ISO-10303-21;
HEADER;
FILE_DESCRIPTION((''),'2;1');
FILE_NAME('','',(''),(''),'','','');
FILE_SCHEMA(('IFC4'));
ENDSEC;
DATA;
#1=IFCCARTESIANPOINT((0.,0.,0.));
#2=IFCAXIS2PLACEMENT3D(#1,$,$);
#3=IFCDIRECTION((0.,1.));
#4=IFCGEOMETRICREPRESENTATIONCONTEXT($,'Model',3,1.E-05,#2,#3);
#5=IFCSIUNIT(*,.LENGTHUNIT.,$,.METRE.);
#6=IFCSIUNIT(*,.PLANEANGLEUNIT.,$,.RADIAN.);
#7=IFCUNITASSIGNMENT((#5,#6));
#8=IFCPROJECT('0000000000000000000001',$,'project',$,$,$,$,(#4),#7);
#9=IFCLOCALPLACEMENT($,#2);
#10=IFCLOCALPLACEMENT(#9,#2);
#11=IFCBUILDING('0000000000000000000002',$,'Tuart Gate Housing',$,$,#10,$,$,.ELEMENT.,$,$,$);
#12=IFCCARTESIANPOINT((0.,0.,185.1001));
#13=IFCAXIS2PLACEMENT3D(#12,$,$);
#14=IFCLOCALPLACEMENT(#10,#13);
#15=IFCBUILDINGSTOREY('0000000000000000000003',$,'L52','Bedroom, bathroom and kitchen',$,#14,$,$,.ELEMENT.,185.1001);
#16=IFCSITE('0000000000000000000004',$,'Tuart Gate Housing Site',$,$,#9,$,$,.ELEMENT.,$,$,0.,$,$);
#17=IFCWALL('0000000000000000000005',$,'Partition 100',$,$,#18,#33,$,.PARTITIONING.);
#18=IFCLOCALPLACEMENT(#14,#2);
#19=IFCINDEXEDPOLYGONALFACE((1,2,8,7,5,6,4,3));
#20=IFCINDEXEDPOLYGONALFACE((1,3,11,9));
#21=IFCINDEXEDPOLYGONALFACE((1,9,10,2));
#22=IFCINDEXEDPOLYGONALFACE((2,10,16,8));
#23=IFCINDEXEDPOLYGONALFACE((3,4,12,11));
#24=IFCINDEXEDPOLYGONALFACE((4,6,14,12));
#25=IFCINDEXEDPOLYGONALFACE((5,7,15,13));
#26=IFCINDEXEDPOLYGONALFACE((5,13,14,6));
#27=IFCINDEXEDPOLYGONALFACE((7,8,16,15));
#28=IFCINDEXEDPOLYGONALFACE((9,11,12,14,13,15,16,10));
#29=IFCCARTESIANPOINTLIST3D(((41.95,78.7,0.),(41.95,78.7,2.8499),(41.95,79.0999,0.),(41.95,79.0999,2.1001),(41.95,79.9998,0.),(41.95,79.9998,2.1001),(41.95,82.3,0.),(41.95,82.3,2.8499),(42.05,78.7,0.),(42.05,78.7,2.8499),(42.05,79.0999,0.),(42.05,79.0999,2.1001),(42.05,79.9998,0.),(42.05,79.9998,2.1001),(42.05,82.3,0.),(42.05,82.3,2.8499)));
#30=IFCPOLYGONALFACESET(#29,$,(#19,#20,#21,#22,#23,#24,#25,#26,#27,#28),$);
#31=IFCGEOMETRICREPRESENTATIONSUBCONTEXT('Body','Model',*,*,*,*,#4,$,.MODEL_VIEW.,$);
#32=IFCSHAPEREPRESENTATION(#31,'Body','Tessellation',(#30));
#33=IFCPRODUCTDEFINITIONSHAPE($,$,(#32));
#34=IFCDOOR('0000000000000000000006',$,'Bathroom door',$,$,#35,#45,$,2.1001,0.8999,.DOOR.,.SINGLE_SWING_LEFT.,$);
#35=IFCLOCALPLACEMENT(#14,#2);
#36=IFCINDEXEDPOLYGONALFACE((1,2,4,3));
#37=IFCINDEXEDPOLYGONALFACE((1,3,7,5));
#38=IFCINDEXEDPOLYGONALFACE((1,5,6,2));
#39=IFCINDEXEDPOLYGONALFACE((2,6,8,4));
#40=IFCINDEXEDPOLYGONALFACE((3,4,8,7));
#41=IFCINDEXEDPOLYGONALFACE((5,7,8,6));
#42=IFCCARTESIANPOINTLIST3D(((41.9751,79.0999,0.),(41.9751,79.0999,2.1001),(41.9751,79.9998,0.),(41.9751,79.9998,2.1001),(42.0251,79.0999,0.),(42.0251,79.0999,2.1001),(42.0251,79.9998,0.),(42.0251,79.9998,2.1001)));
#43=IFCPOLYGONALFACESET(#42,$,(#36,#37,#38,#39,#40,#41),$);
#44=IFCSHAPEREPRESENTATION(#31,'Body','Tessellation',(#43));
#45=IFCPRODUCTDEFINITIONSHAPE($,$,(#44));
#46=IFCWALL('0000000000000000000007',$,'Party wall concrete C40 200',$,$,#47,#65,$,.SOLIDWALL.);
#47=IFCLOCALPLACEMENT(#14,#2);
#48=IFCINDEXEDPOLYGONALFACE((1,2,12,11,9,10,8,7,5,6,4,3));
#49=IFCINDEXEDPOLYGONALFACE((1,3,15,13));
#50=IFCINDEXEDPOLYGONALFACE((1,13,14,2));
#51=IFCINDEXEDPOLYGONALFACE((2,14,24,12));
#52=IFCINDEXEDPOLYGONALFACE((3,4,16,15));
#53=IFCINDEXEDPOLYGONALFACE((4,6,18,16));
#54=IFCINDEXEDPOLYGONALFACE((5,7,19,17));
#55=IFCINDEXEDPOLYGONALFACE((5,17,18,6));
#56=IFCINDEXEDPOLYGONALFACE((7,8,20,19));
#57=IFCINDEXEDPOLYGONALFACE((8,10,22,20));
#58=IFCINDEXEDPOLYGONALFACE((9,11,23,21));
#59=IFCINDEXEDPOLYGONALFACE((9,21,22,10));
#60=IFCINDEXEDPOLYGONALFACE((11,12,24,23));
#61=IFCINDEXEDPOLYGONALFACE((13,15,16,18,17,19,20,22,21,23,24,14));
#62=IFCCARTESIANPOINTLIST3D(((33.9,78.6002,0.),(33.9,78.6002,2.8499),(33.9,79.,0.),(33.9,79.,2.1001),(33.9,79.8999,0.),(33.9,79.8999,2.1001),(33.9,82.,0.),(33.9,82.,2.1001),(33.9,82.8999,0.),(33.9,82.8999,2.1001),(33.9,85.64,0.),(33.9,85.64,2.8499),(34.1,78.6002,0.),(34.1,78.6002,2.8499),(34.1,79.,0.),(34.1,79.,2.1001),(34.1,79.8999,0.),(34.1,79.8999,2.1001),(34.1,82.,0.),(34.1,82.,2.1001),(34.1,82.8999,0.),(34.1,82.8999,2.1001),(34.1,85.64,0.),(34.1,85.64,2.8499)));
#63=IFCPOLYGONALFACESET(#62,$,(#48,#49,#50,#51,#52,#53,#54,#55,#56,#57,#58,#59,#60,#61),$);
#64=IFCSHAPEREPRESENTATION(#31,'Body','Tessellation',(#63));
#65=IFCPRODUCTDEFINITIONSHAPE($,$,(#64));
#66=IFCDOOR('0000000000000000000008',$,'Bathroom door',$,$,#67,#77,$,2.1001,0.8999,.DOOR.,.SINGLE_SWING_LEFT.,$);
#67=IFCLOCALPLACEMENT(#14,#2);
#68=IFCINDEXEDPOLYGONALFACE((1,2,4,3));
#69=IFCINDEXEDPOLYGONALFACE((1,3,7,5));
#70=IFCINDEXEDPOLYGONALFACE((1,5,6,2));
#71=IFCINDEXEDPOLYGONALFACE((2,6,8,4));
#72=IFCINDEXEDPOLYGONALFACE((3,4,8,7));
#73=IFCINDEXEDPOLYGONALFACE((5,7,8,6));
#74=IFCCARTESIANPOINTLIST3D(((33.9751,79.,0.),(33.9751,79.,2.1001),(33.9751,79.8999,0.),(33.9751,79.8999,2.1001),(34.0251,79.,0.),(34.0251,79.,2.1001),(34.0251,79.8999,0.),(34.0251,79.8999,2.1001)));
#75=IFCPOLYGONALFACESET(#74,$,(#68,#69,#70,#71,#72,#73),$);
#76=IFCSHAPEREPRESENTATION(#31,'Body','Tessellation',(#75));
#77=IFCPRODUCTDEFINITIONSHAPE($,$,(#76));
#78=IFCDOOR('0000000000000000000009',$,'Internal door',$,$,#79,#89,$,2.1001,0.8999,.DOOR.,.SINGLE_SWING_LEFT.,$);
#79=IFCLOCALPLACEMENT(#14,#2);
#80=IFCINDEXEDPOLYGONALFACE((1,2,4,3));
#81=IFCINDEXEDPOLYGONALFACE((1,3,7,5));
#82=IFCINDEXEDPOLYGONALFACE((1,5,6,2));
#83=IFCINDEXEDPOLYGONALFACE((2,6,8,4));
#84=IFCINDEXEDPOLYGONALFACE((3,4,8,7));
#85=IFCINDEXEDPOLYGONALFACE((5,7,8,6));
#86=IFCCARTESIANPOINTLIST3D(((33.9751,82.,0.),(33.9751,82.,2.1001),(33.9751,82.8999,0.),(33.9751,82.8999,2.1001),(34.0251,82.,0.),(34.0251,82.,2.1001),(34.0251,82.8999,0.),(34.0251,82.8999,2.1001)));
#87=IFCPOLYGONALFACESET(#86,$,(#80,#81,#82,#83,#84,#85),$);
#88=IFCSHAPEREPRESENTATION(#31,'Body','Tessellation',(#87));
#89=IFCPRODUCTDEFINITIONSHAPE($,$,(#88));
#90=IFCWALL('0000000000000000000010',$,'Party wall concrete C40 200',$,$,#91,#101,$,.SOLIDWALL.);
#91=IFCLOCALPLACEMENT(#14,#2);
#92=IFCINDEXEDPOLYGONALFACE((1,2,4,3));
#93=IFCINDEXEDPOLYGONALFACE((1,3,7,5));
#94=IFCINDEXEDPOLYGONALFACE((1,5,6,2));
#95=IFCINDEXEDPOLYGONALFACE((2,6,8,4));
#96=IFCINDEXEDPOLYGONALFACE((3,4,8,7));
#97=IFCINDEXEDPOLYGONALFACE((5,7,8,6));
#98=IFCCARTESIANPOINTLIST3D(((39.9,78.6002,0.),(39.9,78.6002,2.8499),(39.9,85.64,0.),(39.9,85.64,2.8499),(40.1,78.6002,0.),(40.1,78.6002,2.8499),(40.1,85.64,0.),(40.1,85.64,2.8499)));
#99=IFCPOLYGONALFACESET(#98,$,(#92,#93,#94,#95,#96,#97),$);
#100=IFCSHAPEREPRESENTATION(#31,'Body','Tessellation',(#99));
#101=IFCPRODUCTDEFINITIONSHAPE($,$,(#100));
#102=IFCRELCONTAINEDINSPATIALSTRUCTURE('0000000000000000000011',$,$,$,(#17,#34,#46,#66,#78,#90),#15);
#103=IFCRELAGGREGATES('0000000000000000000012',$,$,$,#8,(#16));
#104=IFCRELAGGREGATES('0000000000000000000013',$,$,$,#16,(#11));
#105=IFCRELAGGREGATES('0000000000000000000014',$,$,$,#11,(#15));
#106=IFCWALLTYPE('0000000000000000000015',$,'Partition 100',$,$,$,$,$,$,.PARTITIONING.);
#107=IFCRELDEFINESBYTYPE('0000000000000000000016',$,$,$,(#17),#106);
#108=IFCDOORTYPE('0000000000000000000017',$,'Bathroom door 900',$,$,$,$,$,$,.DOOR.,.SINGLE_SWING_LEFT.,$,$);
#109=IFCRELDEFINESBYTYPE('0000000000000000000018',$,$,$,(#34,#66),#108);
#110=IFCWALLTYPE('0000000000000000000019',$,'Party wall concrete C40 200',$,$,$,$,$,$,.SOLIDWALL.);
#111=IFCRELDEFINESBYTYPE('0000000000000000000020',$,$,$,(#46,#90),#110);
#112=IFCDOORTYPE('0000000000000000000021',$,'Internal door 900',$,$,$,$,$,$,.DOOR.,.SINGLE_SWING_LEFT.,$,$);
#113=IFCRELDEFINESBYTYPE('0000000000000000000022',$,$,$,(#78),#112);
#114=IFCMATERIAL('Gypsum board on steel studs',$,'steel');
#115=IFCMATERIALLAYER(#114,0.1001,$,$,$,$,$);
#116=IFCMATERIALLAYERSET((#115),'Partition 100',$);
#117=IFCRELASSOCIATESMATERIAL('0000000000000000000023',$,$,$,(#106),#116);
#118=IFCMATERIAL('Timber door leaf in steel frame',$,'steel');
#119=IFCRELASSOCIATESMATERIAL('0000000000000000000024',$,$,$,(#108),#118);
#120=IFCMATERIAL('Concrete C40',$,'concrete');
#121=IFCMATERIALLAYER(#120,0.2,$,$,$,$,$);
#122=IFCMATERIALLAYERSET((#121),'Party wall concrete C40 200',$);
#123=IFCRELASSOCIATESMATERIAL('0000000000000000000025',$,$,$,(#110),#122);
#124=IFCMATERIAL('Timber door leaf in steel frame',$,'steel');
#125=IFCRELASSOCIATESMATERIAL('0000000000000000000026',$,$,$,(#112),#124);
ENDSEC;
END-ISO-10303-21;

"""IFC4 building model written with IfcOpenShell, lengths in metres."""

from ifc_helpers import new_model, si_unit, direction, frame, frame_2d, origin, place, context, subcontext, project, spatial, rectangle, extrude, material, layer, layer_set, type_object, element, fill, save


model = new_model("IFC4")

# Units and contexts
model_context = context("Model", 3, precision=1e-05, world=origin(), true_north=direction((0.0, 1.0)))
body_context = subcontext(model_context, "Body", "Model", "MODEL_VIEW")
ifc_project = project(units=[si_unit("LENGTHUNIT", "METRE"), si_unit("PLANEANGLEUNIT", "RADIAN")], contexts=[model_context])

# Site, building, storey
site_placement = place(None, origin())
site = spatial("IfcSite", under=ifc_project, at=site_placement, Name="Tuart Gate Housing Site", CompositionType="ELEMENT", RefElevation=0.0)
building_placement = place(site_placement, origin())
building = spatial("IfcBuilding", under=site, at=building_placement, Name="Tuart Gate Housing", CompositionType="ELEMENT")
storey_placement = place(building_placement, frame((0.0, 0.0, 185.1001)))
storey = spatial("IfcBuildingStorey", under=building, at=storey_placement, Name="L52", Description="Bedroom, bathroom and kitchen", CompositionType="ELEMENT", Elevation=185.1001)

# Shared definitions
ifc_material_1 = material(Name="Gypsum board on steel studs", Category="steel")
ifc_layer_1 = layer(ifc_material_1, 0.1001)
ifc_layer_set_1 = layer_set([ifc_layer_1], Name="Partition 100")
wall_type_1 = type_object("IfcWallType", Name="Partition 100", PredefinedType="PARTITIONING", material=ifc_layer_set_1)

# Wall, opening, door
wall_1_placement = place(storey_placement, frame((42.0, 78.7, 0.0), z_axis=(0.0, 0.0, 1.0), x_axis=(0.0, 1.0, 0.0)))
wall_1 = element("IfcWall", 1, at=wall_1_placement, inside=storey, type_object=wall_type_1, Name="Partition 100", PredefinedType="PARTITIONING", context=body_context, shape_type="SweptSolid", body=[
    extrude(rectangle(XDim=3.6001, YDim=0.1001, at=frame_2d((1.8, 0.0))), origin(), (0.0, 0.0, 1.0), 2.8499),
])
opening_1_placement = place(wall_1_placement, frame((0.3999, 0.0, 0.0)))
opening_1 = element("IfcOpeningElement", 2, at=opening_1_placement, cuts=wall_1, PredefinedType="OPENING", context=body_context, shape_type="SweptSolid", body=[
    extrude(rectangle(XDim=0.8999, YDim=2.1001, at=frame_2d((0.45, 1.05))), frame((0.0, 0.0601, 0.0), z_axis=(0.0, -1.0, 0.0), x_axis=(1.0, 0.0, 0.0)), (0.0, 0.0, 1.0), 0.1201),
])
ifc_material_2 = material(Name="Timber door leaf in steel frame", Category="steel")
door_type_1 = type_object("IfcDoorType", Name="Bathroom door 900", OperationType="SINGLE_SWING_LEFT", PredefinedType="DOOR", material=ifc_material_2)
door_1_placement = place(opening_1_placement, origin())
door_1 = element("IfcDoor", 3, at=door_1_placement, inside=storey, type_object=door_type_1, Name="Bathroom door", OperationType="SINGLE_SWING_LEFT", OverallHeight=2.1001, OverallWidth=0.8999, PredefinedType="DOOR", context=body_context, shape_type="SweptSolid", body=[
    extrude(rectangle(XDim=0.8999, YDim=2.1001, at=frame_2d((0.45, 1.05))), frame((0.0, 0.0249, 0.0), z_axis=(0.0, -1.0, 0.0), x_axis=(1.0, 0.0, 0.0)), (0.0, 0.0, 1.0), 0.05),
])
fill(opening_1, door_1)

# Wall, openings, doors
ifc_material_3 = material(Name="Concrete C40", Category="concrete")
ifc_layer_2 = layer(ifc_material_3, 0.2)
ifc_layer_set_2 = layer_set([ifc_layer_2], Name="Party wall concrete C40 200")
wall_type_2 = type_object("IfcWallType", Name="Party wall concrete C40 200", PredefinedType="SOLIDWALL", material=ifc_layer_set_2)
wall_2_placement = place(storey_placement, frame((34.0, 78.6001, 0.0), z_axis=(0.0, 0.0, 1.0), x_axis=(0.0, 1.0, 0.0)))
wall_2 = element("IfcWall", 4, at=wall_2_placement, inside=storey, type_object=wall_type_2, Name="Party wall concrete C40 200", PredefinedType="SOLIDWALL", context=body_context, shape_type="SweptSolid", body=[
    extrude(rectangle(XDim=7.0398, YDim=0.2, at=frame_2d((3.52, 0.0))), origin(), (0.0, 0.0, 1.0), 2.8499),
])
opening_2_placement = place(wall_2_placement, frame((3.3999, 0.0, 0.0)))
opening_2 = element("IfcOpeningElement", 5, at=opening_2_placement, cuts=wall_2, PredefinedType="OPENING", context=body_context, shape_type="SweptSolid", body=[
    extrude(rectangle(XDim=0.8999, YDim=2.1001, at=frame_2d((0.45, 1.05))), frame((0.0, 0.1099, 0.0), z_axis=(0.0, -1.0, 0.0), x_axis=(1.0, 0.0, 0.0)), (0.0, 0.0, 1.0), 0.22),
])
opening_3_placement = place(wall_2_placement, frame((0.3999, 0.0, 0.0)))
opening_3 = element("IfcOpeningElement", 6, at=opening_3_placement, cuts=wall_2, PredefinedType="OPENING", context=body_context, shape_type="SweptSolid", body=[
    extrude(rectangle(XDim=0.8999, YDim=2.1001, at=frame_2d((0.45, 1.05))), frame((0.0, 0.1099, 0.0), z_axis=(0.0, -1.0, 0.0), x_axis=(1.0, 0.0, 0.0)), (0.0, 0.0, 1.0), 0.22),
])
door_2_placement = place(opening_3_placement, origin())
door_2 = element("IfcDoor", 7, at=door_2_placement, inside=storey, type_object=door_type_1, Name="Bathroom door", OperationType="SINGLE_SWING_LEFT", OverallHeight=2.1001, OverallWidth=0.8999, PredefinedType="DOOR", context=body_context, shape_type="SweptSolid", body=[
    extrude(rectangle(XDim=0.8999, YDim=2.1001, at=frame_2d((0.45, 1.05))), frame((0.0, 0.0249, 0.0), z_axis=(0.0, -1.0, 0.0), x_axis=(1.0, 0.0, 0.0)), (0.0, 0.0, 1.0), 0.05),
])
fill(opening_3, door_2)
ifc_material_4 = material(Name="Timber door leaf in steel frame", Category="steel")
door_type_2 = type_object("IfcDoorType", Name="Internal door 900", OperationType="SINGLE_SWING_LEFT", PredefinedType="DOOR", material=ifc_material_4)
door_3_placement = place(opening_2_placement, origin())
door_3 = element("IfcDoor", 8, at=door_3_placement, inside=storey, type_object=door_type_2, Name="Internal door", OperationType="SINGLE_SWING_LEFT", OverallHeight=2.1001, OverallWidth=0.8999, PredefinedType="DOOR", context=body_context, shape_type="SweptSolid", body=[
    extrude(rectangle(XDim=0.8999, YDim=2.1001, at=frame_2d((0.45, 1.05))), frame((0.0, 0.0249, 0.0), z_axis=(0.0, -1.0, 0.0), x_axis=(1.0, 0.0, 0.0)), (0.0, 0.0, 1.0), 0.05),
])
fill(opening_2, door_3)

# Wall
wall_3_placement = place(storey_placement, frame((40.0, 78.6001, 0.0), z_axis=(0.0, 0.0, 1.0), x_axis=(0.0, 1.0, 0.0)))
element("IfcWall", 9, at=wall_3_placement, inside=storey, type_object=wall_type_2, Name="Party wall concrete C40 200", PredefinedType="SOLIDWALL", context=body_context, shape_type="SweptSolid", body=[
    extrude(rectangle(XDim=7.0398, YDim=0.2, at=frame_2d((3.52, 0.0))), origin(), (0.0, 0.0, 1.0), 2.8499),
])

save(model, "model.ifc")
